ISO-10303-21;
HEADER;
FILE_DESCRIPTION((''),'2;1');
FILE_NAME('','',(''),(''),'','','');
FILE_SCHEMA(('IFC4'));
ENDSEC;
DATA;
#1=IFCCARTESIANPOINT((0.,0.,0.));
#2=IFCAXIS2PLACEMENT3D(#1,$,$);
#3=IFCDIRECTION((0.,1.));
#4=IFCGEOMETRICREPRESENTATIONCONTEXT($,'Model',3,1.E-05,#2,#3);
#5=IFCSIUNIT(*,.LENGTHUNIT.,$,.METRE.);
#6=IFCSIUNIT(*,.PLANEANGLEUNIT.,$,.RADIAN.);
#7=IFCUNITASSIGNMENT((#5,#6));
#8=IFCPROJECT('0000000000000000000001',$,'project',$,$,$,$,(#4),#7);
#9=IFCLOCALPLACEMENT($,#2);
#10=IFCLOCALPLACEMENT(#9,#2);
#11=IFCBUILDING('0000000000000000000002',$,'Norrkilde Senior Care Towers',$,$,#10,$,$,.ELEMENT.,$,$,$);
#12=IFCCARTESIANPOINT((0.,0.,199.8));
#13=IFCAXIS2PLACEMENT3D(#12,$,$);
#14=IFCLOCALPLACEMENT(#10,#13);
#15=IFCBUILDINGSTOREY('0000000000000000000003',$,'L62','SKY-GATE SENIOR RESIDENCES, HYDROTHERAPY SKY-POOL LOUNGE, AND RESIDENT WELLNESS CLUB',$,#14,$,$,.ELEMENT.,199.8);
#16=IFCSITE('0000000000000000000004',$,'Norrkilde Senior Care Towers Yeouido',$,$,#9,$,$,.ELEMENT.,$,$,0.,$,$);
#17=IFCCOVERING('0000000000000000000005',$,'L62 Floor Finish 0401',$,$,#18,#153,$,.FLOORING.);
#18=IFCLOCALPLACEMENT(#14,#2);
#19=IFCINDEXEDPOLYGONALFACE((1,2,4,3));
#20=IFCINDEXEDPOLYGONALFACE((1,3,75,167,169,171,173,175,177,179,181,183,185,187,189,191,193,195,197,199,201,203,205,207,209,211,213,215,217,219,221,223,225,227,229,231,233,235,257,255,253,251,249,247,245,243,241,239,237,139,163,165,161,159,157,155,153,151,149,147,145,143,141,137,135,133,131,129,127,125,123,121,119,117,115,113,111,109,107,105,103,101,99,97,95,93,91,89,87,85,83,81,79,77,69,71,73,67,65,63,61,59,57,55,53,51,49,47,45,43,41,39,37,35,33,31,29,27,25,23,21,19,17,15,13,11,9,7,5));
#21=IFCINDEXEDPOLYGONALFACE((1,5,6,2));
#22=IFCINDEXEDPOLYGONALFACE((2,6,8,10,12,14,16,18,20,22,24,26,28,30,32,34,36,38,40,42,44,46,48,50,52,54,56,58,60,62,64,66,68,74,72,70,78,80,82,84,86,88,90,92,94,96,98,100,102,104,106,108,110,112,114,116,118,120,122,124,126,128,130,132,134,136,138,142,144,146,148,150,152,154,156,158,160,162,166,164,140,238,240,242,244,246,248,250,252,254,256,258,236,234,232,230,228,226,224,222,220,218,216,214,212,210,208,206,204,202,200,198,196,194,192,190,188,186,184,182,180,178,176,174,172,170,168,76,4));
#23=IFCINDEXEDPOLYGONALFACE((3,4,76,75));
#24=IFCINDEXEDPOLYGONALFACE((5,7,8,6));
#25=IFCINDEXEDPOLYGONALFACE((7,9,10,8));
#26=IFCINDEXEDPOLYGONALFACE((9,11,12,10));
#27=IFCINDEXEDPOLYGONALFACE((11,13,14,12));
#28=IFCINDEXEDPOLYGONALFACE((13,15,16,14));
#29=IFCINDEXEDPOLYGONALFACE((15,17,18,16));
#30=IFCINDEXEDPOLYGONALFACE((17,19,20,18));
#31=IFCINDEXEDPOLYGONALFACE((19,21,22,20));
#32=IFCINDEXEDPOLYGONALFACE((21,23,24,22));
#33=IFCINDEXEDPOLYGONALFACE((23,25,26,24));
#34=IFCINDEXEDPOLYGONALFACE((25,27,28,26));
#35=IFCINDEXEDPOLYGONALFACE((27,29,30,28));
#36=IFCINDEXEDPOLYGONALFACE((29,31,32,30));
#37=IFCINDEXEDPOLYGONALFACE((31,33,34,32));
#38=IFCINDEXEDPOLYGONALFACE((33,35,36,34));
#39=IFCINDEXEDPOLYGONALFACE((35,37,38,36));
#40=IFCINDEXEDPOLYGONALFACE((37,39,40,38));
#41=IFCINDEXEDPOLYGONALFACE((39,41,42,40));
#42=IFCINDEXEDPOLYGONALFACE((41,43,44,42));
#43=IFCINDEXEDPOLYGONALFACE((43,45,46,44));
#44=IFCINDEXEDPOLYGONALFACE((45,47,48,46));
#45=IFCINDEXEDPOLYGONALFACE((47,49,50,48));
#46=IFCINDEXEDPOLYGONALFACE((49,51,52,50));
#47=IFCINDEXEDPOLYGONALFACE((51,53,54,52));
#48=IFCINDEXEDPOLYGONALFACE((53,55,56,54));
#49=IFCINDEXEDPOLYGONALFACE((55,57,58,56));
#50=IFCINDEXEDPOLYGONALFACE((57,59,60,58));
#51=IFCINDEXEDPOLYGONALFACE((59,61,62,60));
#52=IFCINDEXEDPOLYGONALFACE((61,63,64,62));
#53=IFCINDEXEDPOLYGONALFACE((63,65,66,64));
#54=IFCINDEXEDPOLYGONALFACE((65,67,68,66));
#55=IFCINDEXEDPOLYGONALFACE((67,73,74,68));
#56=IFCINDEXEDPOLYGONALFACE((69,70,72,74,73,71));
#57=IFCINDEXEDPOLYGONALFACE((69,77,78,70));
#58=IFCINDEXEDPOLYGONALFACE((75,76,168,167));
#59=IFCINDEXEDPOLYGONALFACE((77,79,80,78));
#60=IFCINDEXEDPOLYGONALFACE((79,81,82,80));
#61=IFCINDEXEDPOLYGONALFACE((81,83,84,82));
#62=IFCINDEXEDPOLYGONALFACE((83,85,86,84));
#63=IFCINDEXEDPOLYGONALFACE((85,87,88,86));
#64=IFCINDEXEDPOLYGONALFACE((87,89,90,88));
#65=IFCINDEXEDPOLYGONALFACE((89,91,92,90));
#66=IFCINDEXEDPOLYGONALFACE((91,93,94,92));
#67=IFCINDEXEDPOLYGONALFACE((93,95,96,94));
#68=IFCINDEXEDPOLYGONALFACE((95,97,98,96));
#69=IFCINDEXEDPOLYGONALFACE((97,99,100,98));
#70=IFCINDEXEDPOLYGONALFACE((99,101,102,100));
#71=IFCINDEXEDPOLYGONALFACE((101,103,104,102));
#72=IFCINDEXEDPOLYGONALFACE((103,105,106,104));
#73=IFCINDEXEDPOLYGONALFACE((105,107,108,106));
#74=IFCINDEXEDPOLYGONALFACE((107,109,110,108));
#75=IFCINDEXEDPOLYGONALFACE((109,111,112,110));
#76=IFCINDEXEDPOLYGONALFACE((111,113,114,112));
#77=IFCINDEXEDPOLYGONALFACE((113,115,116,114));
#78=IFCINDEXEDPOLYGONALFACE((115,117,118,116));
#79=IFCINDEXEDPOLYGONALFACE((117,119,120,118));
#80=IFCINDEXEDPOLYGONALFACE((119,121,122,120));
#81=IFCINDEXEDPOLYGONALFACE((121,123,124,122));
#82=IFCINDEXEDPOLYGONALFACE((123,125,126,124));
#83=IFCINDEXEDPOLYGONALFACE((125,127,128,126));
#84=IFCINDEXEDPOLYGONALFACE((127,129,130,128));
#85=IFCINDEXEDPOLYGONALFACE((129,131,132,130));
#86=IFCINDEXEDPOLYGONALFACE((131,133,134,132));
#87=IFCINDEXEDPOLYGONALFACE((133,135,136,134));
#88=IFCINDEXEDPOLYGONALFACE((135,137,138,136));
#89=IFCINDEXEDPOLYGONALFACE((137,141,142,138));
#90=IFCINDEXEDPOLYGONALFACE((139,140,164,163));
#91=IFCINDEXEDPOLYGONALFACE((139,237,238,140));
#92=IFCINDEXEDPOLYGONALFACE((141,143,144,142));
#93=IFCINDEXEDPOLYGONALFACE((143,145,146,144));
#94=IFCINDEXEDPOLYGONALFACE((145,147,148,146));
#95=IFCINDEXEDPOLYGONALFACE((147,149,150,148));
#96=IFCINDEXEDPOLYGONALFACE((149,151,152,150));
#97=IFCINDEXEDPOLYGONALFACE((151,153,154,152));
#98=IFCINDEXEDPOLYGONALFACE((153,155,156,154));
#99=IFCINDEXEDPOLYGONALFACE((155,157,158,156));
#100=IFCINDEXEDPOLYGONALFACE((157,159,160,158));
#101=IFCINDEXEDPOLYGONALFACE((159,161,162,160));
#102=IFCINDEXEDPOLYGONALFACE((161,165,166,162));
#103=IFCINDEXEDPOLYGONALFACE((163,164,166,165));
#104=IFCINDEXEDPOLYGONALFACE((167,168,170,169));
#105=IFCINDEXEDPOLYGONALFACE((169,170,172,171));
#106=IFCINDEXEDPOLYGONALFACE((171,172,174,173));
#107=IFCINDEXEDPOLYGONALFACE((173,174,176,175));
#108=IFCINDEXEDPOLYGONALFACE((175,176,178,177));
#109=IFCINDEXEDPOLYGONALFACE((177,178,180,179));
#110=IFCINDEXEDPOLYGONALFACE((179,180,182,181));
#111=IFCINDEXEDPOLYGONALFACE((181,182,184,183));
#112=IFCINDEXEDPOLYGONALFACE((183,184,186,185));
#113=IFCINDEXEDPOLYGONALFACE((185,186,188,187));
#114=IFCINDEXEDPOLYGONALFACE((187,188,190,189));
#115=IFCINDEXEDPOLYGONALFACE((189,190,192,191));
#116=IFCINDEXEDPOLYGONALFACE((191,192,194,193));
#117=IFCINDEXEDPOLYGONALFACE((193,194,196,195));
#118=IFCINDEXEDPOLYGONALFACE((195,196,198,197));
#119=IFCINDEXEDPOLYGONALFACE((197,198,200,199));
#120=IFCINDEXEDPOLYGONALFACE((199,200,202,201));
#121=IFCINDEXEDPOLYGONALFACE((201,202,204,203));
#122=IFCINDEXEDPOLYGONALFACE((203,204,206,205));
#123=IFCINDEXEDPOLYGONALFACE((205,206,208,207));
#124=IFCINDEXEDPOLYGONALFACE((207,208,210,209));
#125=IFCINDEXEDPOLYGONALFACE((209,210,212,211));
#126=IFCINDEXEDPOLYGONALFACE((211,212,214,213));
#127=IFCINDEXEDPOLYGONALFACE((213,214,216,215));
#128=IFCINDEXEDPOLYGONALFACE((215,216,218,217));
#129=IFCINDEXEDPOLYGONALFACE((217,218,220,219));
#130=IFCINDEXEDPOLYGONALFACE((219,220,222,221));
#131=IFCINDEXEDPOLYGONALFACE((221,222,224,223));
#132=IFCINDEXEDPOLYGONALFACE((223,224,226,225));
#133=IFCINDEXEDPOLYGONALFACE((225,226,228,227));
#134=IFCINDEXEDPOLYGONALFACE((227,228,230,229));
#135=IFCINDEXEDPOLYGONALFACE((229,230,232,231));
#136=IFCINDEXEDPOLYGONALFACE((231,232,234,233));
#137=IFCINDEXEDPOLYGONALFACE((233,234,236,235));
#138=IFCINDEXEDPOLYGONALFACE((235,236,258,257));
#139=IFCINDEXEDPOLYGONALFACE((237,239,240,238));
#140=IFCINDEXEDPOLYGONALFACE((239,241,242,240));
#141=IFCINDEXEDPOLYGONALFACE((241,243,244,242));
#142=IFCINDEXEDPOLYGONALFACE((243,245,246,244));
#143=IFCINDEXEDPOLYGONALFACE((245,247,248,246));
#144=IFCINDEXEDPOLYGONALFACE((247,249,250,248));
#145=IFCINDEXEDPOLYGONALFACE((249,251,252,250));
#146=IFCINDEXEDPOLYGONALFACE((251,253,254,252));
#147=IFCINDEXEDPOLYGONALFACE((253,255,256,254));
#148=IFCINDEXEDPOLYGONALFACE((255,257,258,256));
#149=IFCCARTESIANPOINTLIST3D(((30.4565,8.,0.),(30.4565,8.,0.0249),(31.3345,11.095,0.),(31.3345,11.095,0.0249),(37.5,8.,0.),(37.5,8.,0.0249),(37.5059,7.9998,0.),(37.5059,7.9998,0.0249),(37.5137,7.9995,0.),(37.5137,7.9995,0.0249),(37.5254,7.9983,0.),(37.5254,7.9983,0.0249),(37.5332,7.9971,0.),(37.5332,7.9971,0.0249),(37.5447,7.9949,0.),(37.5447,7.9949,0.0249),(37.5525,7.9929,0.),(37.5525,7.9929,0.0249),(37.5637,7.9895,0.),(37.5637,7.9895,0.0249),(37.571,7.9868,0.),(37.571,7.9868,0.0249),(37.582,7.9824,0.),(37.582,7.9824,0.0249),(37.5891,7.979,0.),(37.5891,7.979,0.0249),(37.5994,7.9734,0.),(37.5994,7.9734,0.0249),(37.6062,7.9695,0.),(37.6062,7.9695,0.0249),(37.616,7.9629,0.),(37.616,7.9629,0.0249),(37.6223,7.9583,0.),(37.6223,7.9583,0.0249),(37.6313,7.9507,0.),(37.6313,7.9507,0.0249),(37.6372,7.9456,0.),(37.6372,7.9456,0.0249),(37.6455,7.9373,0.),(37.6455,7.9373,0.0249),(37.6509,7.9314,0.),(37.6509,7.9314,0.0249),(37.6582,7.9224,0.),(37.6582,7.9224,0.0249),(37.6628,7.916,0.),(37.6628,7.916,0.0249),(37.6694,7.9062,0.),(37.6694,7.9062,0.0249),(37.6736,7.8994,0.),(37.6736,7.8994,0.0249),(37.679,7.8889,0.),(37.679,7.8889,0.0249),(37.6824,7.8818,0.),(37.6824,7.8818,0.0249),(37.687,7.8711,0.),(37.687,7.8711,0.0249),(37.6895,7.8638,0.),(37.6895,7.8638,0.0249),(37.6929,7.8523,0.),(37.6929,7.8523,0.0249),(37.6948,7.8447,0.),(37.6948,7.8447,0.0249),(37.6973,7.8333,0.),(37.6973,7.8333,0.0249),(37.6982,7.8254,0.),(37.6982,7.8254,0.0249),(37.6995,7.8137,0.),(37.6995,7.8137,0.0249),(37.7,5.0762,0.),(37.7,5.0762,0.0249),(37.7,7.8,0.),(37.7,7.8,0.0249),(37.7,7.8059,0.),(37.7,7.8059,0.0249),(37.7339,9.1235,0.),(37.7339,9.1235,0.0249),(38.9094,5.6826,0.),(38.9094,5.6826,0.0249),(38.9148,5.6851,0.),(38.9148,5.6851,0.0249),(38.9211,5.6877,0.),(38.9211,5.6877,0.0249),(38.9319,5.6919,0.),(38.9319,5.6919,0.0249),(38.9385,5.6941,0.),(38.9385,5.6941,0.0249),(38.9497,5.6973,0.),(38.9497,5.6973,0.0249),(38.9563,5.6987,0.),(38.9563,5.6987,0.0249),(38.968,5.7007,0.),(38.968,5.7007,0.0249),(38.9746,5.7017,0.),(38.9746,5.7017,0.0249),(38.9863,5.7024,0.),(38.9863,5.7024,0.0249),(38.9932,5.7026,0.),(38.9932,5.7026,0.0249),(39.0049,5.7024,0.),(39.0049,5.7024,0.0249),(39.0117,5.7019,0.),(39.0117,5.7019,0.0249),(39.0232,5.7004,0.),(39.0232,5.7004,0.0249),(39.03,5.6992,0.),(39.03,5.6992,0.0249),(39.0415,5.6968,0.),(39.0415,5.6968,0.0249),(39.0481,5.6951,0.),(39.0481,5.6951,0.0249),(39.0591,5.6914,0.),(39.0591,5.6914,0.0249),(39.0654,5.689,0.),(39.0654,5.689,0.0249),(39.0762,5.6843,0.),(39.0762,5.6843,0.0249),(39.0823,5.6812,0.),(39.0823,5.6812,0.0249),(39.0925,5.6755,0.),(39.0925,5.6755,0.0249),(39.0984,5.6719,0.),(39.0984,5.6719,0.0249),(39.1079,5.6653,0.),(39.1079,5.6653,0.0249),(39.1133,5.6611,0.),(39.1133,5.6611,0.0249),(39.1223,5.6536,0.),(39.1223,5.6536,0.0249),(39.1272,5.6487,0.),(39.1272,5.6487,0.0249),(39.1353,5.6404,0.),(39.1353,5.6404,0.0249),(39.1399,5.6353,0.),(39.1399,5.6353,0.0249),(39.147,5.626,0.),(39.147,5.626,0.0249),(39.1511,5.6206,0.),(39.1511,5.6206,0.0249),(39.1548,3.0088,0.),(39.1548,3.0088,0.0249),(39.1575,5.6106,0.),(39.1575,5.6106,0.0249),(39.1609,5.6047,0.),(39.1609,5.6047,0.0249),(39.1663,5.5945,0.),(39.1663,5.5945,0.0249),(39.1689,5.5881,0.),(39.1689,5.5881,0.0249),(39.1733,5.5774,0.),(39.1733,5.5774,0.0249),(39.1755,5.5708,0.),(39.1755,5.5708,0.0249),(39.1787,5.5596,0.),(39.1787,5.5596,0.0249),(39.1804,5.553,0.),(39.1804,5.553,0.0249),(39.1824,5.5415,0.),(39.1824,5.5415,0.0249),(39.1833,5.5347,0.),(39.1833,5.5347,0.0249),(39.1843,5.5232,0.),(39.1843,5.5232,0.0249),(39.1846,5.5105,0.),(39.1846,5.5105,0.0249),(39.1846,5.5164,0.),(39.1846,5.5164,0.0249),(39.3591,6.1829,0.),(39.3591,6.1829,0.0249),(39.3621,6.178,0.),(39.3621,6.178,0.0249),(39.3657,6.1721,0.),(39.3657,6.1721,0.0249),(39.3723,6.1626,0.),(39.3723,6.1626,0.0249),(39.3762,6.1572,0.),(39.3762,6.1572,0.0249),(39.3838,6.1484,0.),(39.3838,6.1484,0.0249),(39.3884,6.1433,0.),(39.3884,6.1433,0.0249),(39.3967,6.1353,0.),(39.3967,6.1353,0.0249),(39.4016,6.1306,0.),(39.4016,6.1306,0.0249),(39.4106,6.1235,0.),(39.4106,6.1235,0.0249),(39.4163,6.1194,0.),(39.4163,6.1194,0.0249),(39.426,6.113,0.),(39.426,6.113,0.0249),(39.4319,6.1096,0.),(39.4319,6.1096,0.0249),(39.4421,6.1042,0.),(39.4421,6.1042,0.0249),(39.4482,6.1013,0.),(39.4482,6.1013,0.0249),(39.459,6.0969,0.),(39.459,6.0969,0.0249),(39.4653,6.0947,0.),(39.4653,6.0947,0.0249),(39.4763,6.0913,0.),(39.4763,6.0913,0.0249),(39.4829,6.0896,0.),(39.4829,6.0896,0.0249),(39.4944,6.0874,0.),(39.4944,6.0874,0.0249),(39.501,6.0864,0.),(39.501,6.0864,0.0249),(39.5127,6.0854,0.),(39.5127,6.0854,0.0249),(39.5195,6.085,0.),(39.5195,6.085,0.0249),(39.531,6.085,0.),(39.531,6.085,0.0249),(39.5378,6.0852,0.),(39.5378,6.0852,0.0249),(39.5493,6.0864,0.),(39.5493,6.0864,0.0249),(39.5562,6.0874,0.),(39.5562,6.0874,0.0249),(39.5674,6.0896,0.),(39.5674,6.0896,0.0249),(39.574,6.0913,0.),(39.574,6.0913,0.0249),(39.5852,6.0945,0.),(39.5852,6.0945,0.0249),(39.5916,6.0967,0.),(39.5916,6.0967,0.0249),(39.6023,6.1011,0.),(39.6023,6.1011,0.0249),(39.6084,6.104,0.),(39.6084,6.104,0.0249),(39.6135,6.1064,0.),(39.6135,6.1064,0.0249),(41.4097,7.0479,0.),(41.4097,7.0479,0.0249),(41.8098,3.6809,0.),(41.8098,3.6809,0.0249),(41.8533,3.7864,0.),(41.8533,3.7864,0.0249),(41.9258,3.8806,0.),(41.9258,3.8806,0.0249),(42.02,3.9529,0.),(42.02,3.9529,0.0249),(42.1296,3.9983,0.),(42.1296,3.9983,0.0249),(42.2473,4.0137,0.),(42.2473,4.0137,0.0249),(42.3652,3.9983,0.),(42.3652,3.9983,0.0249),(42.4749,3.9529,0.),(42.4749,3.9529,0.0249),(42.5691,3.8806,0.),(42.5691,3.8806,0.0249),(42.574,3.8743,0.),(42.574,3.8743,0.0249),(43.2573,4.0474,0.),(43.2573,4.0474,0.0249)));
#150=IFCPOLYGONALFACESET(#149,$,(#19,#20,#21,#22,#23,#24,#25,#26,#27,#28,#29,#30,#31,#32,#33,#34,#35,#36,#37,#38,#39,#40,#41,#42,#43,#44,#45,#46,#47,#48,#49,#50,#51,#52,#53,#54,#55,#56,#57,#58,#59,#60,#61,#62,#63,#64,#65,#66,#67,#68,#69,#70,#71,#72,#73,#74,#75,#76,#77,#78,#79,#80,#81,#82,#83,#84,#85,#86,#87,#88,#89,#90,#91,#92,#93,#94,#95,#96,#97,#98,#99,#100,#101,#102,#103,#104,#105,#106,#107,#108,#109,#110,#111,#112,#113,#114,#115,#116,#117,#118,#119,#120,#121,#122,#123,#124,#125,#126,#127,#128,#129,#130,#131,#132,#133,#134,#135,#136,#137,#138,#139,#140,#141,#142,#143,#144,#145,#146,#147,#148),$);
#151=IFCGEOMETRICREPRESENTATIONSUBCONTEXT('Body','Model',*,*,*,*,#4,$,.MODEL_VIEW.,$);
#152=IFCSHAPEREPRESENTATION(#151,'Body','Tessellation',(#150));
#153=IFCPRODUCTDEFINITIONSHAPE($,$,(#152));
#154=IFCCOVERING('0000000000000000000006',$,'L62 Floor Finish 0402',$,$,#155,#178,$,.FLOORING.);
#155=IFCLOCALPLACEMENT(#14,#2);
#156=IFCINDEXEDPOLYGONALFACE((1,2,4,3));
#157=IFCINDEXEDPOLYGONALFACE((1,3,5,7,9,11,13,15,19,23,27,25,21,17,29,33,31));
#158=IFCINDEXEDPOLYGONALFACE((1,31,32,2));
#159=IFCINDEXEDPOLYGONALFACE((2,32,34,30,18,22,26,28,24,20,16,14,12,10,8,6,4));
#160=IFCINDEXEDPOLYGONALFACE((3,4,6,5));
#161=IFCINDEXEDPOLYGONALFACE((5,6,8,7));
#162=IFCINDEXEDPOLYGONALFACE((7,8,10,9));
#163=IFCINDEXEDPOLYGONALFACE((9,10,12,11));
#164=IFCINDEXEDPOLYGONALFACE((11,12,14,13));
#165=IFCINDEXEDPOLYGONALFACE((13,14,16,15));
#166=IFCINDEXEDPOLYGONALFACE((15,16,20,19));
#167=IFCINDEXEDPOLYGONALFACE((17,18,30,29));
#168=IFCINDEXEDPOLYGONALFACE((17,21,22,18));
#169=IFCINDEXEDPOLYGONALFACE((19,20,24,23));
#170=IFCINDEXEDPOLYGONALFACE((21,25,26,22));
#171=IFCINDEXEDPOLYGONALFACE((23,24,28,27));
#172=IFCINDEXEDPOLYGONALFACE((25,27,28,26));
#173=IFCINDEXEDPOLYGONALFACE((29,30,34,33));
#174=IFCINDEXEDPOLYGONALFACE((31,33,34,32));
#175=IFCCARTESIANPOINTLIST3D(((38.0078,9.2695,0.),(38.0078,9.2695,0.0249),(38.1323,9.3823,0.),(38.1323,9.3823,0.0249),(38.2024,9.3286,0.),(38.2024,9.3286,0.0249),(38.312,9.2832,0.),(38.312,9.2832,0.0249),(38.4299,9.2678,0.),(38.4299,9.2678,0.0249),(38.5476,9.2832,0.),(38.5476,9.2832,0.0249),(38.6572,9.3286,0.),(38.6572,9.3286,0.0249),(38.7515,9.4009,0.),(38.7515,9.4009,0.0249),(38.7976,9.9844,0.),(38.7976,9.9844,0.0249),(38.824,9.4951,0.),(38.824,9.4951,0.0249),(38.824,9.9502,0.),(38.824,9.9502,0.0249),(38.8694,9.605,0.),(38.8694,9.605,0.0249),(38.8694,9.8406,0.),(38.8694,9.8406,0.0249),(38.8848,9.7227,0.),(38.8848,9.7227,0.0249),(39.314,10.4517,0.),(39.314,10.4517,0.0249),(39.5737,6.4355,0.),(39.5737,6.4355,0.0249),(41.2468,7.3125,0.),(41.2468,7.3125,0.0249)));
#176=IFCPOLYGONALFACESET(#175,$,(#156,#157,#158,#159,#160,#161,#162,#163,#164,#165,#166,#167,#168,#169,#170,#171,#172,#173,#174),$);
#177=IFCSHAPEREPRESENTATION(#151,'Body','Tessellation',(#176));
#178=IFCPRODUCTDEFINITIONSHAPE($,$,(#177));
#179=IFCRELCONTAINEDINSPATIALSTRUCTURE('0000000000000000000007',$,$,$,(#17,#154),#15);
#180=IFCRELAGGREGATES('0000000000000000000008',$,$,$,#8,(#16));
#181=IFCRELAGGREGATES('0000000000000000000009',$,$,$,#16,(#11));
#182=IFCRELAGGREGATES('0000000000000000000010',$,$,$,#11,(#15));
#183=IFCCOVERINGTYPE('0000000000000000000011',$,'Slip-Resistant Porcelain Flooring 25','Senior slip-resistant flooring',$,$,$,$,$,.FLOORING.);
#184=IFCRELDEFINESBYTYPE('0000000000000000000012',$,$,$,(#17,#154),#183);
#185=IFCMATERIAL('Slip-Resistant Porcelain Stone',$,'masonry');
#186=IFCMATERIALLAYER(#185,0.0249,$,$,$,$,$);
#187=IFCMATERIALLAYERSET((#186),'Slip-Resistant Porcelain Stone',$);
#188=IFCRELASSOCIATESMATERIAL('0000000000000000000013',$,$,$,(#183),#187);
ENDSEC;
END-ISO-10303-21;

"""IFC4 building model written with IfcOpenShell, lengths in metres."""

from ifc_helpers import new_model, si_unit, direction, frame, origin, place, context, subcontext, project, spatial, polyline, outline, extrude, material, layer, layer_set, type_object, element, save


model = new_model("IFC4")

# Units and contexts
model_context = context("Model", 3, precision=1e-05, world=origin(), true_north=direction((0.0, 1.0)))
body_context = subcontext(model_context, "Body", "Model", "MODEL_VIEW")
ifc_project = project(units=[si_unit("LENGTHUNIT", "METRE"), si_unit("PLANEANGLEUNIT", "RADIAN")], contexts=[model_context])

# Site, building, storey
site_placement = place(None, origin())
site = spatial("IfcSite", under=ifc_project, at=site_placement, Name="Norrkilde Senior Care Towers Yeouido", CompositionType="ELEMENT", RefElevation=0.0)
building_placement = place(site_placement, origin())
building = spatial("IfcBuilding", under=site, at=building_placement, Name="Norrkilde Senior Care Towers", CompositionType="ELEMENT")
storey_placement = place(building_placement, frame((0.0, 0.0, 199.8)))
storey = spatial("IfcBuildingStorey", under=building, at=storey_placement, Name="L62", Description="SKY-GATE SENIOR RESIDENCES, HYDROTHERAPY SKY-POOL LOUNGE, AND RESIDENT WELLNESS CLUB", CompositionType="ELEMENT", Elevation=199.8)

# Coverings
ifc_material_1 = material(Name="Slip-Resistant Porcelain Stone", Category="masonry")
ifc_layer_1 = layer(ifc_material_1, 0.0249)
ifc_layer_set_1 = layer_set([ifc_layer_1], Name="Slip-Resistant Porcelain Stone")
covering_type_1 = type_object("IfcCoveringType", Name="Slip-Resistant Porcelain Flooring 25", Description="Senior slip-resistant flooring", PredefinedType="FLOORING", material=ifc_layer_set_1)
covering_1_placement = place(storey_placement, origin())
element("IfcCovering", 1, at=covering_1_placement, inside=storey, type_object=covering_type_1, Name="L62 Floor Finish 0401", PredefinedType="FLOORING", context=body_context, shape_type="SweptSolid", body=[
    extrude(outline(polyline([(39.1804, 5.553), (39.1787, 5.5596), (39.1755, 5.5708), (39.1733, 5.5774), (39.1689, 5.5881), (39.1663, 5.5945), (39.1609, 5.6047), (39.1575, 5.6106), (39.1511, 5.6206), (39.147, 5.626), (39.1399, 5.6353), (39.1353, 5.6404), (39.1272, 5.6487), (39.1223, 5.6536), (39.1133, 5.6611), (39.1079, 5.6653), (39.0984, 5.6719), (39.0925, 5.6755), (39.0823, 5.6812), (39.0762, 5.6843), (39.0654, 5.689), (39.0591, 5.6914), (39.0481, 5.6951), (39.0415, 5.6968), (39.03, 5.6992), (39.0232, 5.7004), (39.0117, 5.7019), (39.0049, 5.7024), (38.9932, 5.7026), (38.9863, 5.7024), (38.9746, 5.7017), (38.968, 5.7007), (38.9563, 5.6987), (38.9497, 5.6973), (38.9385, 5.6941), (38.9319, 5.6919), (38.9211, 5.6877), (38.9148, 5.6851), (38.9094, 5.6826), (37.7, 5.0762), (37.7, 7.8), (37.7, 7.8059), (37.6995, 7.8137), (37.6982, 7.8254), (37.6973, 7.8333), (37.6948, 7.8447), (37.6929, 7.8523), (37.6895, 7.8638), (37.687, 7.8711), (37.6824, 7.8818), (37.679, 7.8889), (37.6736, 7.8994), (37.6694, 7.9062), (37.6628, 7.916), (37.6582, 7.9224), (37.6509, 7.9314), (37.6455, 7.9373), (37.6372, 7.9456), (37.6313, 7.9507), (37.6223, 7.9583), (37.616, 7.9629), (37.6062, 7.9695), (37.5994, 7.9734), (37.5891, 7.979), (37.582, 7.9824), (37.571, 7.9868), (37.5637, 7.9895), (37.5525, 7.9929), (37.5447, 7.9949), (37.5332, 7.9971), (37.5254, 7.9983), (37.5137, 7.9995), (37.5059, 7.9998), (37.5, 8.0), (30.4565, 8.0), (31.3345, 11.095), (37.7339, 9.1235), (39.3591, 6.1829), (39.3621, 6.178), (39.3657, 6.1721), (39.3723, 6.1626), (39.3762, 6.1572), (39.3838, 6.1484), (39.3884, 6.1433), (39.3967, 6.1353), (39.4016, 6.1306), (39.4106, 6.1235), (39.4163, 6.1194), (39.426, 6.113), (39.4319, 6.1096), (39.4421, 6.1042), (39.4482, 6.1013), (39.459, 6.0969), (39.4653, 6.0947), (39.4763, 6.0913), (39.4829, 6.0896), (39.4944, 6.0874), (39.501, 6.0864), (39.5127, 6.0854), (39.5195, 6.085), (39.531, 6.085), (39.5378, 6.0852), (39.5493, 6.0864), (39.5562, 6.0874), (39.5674, 6.0896), (39.574, 6.0913), (39.5852, 6.0945), (39.5916, 6.0967), (39.6023, 6.1011), (39.6084, 6.104), (39.6135, 6.1064), (41.4097, 7.0479), (43.2573, 4.0474), (42.574, 3.8743), (42.5691, 3.8806), (42.4749, 3.9529), (42.3652, 3.9983), (42.2473, 4.0137), (42.1296, 3.9983), (42.02, 3.9529), (41.9258, 3.8806), (41.8533, 3.7864), (41.8098, 3.6809), (39.1548, 3.0088), (39.1846, 5.5105), (39.1846, 5.5164), (39.1843, 5.5232), (39.1833, 5.5347), (39.1824, 5.5415), (39.1804, 5.553)])), origin(), (0.0, 0.0, 1.0), 0.0249),
])
covering_2_placement = place(storey_placement, origin())
element("IfcCovering", 2, at=covering_2_placement, inside=storey, type_object=covering_type_1, Name="L62 Floor Finish 0402", PredefinedType="FLOORING", context=body_context, shape_type="SweptSolid", body=[
    extrude(outline(polyline([(39.5737, 6.4355), (38.0078, 9.2695), (38.1323, 9.3823), (38.2024, 9.3286), (38.312, 9.2832), (38.4299, 9.2678), (38.5476, 9.2832), (38.6572, 9.3286), (38.7515, 9.4009), (38.824, 9.4951), (38.8694, 9.605), (38.8848, 9.7227), (38.8694, 9.8406), (38.824, 9.9502), (38.7976, 9.9844), (39.314, 10.4517), (41.2468, 7.3125), (39.5737, 6.4355)])), origin(), (0.0, 0.0, 1.0), 0.0249),
])

save(model, "model.ifc")
